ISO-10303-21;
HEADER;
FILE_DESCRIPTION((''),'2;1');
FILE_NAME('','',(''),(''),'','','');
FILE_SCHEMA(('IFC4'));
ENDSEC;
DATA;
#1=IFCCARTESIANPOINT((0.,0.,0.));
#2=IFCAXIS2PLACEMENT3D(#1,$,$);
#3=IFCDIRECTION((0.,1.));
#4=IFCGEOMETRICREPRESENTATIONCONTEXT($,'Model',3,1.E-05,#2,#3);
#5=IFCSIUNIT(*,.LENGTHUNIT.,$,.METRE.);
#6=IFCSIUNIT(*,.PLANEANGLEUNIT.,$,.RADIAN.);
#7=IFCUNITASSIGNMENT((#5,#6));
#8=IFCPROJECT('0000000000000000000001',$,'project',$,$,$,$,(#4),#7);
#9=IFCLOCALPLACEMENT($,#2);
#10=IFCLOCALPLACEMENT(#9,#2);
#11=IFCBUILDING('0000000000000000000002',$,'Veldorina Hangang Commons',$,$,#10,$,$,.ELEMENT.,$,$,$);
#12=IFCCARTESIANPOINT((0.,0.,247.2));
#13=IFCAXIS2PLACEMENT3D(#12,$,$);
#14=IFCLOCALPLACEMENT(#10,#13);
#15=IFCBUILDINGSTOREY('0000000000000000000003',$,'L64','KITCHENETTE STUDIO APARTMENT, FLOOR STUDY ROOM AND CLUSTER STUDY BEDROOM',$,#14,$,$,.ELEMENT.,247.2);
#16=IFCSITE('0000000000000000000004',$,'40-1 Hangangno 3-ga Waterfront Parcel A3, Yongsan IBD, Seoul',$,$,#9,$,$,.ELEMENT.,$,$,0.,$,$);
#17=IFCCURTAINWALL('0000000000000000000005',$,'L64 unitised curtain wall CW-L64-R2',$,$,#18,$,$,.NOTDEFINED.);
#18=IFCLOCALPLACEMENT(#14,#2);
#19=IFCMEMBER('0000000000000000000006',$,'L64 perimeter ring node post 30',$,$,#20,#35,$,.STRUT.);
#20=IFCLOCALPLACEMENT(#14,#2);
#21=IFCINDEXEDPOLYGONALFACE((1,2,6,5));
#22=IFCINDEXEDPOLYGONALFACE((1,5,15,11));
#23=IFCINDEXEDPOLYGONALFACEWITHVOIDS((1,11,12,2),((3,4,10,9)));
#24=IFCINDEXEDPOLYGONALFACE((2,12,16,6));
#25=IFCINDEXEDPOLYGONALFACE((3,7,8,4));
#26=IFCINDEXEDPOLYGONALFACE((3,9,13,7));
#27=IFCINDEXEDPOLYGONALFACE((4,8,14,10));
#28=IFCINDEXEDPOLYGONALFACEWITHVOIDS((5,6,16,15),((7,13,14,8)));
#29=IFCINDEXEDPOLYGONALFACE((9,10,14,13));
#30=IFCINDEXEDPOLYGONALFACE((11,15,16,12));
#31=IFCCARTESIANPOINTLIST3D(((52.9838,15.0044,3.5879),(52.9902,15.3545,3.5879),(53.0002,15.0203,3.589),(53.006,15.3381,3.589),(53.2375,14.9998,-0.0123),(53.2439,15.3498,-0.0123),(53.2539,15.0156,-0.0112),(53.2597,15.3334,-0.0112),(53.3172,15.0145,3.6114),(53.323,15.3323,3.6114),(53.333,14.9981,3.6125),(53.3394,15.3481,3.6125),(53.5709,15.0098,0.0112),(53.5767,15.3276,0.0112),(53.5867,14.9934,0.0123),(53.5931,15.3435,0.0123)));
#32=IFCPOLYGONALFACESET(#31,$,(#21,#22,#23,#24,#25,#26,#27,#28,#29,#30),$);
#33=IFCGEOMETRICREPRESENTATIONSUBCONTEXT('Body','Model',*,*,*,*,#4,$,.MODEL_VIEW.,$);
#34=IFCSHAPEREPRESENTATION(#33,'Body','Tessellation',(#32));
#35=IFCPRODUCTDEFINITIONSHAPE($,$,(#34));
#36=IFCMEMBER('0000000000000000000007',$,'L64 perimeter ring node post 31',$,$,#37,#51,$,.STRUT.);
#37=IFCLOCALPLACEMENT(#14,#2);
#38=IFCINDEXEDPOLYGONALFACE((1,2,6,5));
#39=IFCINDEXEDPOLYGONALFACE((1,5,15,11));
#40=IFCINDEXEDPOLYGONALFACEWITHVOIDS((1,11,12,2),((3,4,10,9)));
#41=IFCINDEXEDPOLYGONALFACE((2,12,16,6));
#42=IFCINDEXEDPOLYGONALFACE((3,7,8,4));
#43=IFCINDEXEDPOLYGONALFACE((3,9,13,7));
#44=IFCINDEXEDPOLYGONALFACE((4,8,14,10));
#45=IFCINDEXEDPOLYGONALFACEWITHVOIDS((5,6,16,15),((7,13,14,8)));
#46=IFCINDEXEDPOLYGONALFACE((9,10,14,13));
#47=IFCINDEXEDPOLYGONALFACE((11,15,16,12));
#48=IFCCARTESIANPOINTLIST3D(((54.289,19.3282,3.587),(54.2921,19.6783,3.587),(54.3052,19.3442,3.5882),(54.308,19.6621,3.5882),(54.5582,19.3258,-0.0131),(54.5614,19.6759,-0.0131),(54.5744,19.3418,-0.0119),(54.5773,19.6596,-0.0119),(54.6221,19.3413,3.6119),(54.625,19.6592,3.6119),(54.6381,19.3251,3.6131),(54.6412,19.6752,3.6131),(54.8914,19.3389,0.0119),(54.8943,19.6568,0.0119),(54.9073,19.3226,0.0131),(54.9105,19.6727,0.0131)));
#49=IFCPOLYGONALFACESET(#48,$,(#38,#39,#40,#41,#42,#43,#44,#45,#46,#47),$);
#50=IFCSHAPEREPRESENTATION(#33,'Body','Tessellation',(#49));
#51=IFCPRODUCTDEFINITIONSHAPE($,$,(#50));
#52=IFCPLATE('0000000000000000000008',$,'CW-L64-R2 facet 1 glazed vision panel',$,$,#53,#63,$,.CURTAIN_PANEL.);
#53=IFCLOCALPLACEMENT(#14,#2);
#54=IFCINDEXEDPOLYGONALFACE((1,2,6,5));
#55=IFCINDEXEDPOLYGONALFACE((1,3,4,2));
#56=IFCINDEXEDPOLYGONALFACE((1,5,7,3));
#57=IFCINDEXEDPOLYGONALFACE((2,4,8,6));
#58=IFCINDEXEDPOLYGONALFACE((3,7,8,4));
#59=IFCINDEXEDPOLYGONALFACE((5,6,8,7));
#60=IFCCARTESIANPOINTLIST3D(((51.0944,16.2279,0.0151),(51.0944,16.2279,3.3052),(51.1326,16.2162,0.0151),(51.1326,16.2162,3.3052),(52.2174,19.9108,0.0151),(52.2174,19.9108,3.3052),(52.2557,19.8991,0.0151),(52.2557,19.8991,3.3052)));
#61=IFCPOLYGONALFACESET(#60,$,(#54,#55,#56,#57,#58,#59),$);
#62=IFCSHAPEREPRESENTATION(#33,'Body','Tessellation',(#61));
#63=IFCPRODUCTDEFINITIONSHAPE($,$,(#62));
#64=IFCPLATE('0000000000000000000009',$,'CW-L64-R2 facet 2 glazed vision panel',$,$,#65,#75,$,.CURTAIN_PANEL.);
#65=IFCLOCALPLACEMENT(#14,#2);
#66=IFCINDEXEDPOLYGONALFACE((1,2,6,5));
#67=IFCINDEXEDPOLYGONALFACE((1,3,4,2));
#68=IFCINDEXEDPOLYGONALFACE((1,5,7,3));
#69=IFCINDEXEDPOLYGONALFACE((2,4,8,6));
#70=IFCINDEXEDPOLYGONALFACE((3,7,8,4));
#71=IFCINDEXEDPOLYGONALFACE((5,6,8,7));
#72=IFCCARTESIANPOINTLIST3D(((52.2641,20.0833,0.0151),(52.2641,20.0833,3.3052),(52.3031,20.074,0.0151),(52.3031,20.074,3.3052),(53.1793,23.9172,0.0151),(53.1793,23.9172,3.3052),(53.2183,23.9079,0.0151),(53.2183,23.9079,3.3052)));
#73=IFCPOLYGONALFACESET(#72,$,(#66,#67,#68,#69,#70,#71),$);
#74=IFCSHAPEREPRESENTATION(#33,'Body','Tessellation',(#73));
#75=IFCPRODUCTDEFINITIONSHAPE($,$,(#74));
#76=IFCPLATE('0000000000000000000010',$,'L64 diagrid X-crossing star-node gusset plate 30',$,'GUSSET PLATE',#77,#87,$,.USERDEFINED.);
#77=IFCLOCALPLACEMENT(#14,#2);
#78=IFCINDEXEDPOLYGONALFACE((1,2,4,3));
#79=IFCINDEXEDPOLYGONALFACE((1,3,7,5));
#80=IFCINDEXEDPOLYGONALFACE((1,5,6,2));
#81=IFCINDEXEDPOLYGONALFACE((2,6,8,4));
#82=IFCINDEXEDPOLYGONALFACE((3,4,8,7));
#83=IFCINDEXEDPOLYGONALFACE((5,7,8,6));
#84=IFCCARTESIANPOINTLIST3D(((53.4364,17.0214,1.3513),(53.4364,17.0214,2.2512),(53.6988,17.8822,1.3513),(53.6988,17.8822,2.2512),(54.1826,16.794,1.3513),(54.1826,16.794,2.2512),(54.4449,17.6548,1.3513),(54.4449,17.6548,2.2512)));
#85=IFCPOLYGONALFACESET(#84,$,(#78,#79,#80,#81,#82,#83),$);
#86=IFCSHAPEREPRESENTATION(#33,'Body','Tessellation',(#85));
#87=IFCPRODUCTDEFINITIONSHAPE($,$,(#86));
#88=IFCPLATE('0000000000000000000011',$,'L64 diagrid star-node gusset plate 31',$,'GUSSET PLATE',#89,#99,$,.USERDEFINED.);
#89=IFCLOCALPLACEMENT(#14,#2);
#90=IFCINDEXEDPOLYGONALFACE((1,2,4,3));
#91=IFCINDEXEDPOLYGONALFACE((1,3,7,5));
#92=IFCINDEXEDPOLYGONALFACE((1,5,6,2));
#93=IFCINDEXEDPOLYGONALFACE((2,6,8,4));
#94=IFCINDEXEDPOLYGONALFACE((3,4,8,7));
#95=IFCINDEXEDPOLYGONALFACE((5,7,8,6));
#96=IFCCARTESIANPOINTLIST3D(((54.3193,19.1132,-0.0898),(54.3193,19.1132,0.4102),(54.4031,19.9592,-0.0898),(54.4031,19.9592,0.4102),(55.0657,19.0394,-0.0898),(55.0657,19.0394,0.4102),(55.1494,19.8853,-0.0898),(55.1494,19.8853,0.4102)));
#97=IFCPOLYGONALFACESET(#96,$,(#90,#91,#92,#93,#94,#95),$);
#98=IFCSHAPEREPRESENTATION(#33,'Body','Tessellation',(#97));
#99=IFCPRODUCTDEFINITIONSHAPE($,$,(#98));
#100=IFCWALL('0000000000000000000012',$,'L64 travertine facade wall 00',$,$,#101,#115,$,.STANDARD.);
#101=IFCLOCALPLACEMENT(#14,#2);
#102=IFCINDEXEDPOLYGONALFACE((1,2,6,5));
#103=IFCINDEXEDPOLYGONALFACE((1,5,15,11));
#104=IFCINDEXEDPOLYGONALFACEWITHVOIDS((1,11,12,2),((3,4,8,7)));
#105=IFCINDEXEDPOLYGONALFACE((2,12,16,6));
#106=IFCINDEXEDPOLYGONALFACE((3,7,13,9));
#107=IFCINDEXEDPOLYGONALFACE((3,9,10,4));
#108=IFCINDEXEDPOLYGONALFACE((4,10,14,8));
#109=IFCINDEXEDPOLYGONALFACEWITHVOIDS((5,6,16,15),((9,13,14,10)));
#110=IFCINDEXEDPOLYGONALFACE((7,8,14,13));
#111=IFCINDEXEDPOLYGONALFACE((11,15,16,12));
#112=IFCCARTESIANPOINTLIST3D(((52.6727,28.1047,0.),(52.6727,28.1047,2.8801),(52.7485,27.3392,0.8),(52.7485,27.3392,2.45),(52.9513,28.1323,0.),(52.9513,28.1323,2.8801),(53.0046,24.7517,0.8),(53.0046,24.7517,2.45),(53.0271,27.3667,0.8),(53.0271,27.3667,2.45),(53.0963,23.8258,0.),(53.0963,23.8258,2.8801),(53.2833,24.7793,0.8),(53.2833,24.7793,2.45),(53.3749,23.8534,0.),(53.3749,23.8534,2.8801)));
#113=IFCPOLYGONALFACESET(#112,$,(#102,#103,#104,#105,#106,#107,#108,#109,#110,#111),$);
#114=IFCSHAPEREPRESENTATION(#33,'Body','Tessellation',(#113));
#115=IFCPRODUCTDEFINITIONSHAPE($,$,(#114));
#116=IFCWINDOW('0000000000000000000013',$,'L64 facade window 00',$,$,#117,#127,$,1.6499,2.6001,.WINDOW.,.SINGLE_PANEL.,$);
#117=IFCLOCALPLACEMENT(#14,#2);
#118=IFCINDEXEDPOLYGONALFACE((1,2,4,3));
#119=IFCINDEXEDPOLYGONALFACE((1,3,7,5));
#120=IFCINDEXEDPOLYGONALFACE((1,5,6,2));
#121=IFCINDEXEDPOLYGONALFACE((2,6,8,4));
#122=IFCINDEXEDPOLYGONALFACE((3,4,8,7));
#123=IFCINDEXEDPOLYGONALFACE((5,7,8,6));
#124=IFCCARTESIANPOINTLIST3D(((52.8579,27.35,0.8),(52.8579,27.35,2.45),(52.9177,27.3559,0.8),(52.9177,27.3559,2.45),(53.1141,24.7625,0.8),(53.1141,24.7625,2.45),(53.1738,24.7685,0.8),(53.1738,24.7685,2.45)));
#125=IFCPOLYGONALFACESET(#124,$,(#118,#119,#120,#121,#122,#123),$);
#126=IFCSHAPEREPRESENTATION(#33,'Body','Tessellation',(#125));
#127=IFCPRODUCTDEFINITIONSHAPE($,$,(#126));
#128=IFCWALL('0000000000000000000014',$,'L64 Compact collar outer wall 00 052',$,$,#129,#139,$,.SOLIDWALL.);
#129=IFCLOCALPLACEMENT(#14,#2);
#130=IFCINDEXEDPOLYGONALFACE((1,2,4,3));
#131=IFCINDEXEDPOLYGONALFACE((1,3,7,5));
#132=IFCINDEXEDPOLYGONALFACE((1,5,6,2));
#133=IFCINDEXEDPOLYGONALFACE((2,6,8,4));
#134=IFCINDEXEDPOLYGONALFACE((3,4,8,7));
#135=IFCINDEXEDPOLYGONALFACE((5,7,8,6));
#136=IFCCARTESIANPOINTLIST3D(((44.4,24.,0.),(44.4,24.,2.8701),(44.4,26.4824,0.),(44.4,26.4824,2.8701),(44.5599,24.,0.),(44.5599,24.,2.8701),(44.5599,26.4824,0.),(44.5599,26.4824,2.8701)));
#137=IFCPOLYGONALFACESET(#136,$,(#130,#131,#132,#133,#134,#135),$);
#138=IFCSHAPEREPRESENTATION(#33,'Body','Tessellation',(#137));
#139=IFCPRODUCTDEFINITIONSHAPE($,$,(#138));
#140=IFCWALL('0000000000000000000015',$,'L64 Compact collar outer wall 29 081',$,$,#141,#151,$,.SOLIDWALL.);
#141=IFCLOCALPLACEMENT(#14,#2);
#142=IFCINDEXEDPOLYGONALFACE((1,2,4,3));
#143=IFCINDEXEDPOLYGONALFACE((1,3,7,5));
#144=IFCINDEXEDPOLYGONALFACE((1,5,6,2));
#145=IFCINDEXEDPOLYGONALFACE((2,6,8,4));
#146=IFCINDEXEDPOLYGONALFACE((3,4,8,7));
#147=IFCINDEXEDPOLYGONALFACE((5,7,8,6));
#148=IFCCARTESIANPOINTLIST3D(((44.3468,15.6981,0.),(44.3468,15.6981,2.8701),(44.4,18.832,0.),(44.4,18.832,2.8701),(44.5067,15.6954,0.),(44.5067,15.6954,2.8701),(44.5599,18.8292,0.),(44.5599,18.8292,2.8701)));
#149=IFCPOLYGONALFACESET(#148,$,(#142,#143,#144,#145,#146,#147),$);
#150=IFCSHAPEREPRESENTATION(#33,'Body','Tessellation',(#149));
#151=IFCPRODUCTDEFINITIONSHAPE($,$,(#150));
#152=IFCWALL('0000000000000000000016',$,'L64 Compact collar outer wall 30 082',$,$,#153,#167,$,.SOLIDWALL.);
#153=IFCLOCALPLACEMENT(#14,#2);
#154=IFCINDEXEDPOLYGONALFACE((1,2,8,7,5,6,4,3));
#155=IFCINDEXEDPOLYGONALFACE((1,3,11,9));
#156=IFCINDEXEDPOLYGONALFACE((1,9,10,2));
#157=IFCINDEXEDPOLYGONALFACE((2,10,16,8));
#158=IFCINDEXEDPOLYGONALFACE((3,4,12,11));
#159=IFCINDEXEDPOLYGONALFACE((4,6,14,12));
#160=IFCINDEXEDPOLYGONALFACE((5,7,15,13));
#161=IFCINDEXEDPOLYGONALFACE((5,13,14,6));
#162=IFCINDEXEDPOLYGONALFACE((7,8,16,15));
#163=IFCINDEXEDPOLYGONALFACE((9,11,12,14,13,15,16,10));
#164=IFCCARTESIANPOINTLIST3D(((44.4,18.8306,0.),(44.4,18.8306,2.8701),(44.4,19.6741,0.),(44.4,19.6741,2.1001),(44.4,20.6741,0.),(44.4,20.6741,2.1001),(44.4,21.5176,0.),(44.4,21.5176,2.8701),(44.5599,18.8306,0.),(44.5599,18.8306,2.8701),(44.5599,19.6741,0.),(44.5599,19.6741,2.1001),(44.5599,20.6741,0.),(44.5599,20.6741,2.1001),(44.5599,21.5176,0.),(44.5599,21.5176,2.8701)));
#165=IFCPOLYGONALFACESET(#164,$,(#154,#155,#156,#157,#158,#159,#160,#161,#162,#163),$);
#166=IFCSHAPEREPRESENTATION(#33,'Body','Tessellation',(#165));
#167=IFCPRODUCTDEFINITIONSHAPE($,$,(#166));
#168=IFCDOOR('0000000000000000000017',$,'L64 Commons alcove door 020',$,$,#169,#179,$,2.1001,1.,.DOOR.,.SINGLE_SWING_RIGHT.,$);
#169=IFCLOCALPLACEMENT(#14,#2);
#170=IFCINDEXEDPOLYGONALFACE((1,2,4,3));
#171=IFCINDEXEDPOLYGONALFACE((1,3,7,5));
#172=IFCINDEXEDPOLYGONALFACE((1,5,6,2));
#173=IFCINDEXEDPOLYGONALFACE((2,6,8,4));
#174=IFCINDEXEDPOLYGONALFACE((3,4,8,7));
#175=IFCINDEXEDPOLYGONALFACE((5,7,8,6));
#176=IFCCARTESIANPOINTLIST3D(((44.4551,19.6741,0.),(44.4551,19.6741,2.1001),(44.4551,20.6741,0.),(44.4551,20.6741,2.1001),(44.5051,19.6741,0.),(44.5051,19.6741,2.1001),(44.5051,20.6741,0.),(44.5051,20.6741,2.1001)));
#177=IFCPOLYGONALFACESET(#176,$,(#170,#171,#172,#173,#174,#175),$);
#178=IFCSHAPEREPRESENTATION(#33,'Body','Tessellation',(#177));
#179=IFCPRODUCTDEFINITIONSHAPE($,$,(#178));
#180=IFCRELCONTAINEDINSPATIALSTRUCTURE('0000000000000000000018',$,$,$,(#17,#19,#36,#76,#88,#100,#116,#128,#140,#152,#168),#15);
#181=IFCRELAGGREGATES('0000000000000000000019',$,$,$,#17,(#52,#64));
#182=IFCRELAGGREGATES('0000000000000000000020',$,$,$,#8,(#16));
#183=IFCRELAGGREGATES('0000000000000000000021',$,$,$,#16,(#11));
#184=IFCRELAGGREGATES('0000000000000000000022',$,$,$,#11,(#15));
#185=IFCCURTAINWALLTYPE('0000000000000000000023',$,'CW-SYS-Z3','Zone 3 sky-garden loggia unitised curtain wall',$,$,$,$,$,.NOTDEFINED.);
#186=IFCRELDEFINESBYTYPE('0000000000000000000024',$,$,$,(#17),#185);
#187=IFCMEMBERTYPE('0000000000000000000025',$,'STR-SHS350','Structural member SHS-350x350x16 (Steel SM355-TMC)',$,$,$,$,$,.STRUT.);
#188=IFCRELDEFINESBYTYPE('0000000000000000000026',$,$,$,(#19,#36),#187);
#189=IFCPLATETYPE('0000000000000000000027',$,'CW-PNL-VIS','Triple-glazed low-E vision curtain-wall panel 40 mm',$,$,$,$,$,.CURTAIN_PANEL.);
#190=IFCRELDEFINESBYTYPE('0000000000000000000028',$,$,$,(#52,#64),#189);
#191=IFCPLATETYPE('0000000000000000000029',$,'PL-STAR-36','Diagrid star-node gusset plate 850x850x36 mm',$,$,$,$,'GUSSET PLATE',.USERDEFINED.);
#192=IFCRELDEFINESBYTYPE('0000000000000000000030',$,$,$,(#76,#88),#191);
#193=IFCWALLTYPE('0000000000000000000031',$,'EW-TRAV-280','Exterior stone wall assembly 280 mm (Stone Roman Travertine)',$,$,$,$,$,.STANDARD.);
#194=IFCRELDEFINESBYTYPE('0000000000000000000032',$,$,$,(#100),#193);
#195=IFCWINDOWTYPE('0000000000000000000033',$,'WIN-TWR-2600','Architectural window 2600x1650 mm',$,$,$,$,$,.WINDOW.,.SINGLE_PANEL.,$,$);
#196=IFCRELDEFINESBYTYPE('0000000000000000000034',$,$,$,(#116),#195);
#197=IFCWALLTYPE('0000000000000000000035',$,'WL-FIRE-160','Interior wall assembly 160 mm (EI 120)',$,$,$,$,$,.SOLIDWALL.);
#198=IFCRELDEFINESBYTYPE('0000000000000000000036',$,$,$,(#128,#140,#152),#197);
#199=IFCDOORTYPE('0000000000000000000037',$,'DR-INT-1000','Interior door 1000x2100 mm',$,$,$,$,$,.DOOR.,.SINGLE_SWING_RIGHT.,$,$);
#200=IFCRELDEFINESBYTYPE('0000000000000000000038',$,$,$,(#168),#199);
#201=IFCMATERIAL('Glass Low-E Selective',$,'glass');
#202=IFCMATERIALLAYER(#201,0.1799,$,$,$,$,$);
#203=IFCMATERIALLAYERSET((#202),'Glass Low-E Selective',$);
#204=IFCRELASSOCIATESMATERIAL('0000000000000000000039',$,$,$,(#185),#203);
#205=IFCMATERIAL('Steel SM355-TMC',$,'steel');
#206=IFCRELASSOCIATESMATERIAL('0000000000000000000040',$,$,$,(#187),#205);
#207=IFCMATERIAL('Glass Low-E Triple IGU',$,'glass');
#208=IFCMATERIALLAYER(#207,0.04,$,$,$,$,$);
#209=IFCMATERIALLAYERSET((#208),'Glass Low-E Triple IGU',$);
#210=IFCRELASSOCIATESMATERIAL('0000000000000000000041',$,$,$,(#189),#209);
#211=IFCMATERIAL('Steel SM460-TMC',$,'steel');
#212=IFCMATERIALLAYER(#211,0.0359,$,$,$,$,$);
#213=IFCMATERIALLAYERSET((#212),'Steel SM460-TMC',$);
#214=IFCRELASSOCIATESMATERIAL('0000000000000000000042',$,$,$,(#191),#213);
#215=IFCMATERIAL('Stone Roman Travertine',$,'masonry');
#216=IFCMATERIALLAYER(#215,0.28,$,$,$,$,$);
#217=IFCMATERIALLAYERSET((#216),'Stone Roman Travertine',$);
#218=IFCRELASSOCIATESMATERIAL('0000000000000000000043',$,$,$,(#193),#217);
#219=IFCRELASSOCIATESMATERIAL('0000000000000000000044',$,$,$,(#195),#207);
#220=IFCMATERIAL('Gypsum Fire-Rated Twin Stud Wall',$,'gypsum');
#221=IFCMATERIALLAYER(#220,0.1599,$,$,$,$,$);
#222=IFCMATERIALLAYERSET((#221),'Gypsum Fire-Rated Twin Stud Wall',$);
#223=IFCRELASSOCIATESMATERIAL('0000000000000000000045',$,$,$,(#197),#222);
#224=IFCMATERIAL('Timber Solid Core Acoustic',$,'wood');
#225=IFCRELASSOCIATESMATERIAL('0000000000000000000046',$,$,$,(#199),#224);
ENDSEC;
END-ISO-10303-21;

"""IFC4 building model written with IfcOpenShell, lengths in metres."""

from ifc_helpers import new_model, si_unit, direction, frame, frame_2d, origin, origin_2d, place, context, subcontext, project, spatial, rectangle, hollow_rectangle, extrude, material, layer, layer_set, material_profile, profile_set, type_object, element, fill, aggregate, save


model = new_model("IFC4")

# Units and contexts
model_context = context("Model", 3, precision=1e-05, world=origin(), true_north=direction((0.0, 1.0)))
body_context = subcontext(model_context, "Body", "Model", "MODEL_VIEW")
ifc_project = project(units=[si_unit("LENGTHUNIT", "METRE"), si_unit("PLANEANGLEUNIT", "RADIAN")], contexts=[model_context])

# Site, building, storey
site_placement = place(None, origin())
site = spatial("IfcSite", under=ifc_project, at=site_placement, Name="40-1 Hangangno 3-ga Waterfront Parcel A3, Yongsan IBD, Seoul", CompositionType="ELEMENT", RefElevation=0.0)
building_placement = place(site_placement, origin())
building = spatial("IfcBuilding", under=site, at=building_placement, Name="Veldorina Hangang Commons", CompositionType="ELEMENT")
storey_placement = place(building_placement, frame((0.0, 0.0, 247.2)))
storey = spatial("IfcBuildingStorey", under=building, at=storey_placement, Name="L64", Description="KITCHENETTE STUDIO APARTMENT, FLOOR STUDY ROOM AND CLUSTER STUDY BEDROOM", CompositionType="ELEMENT", Elevation=247.2)

# Shared definitions
ifc_material_1 = material(Name="Steel SM355-TMC", Category="steel")

# Curtain wall
ifc_material_2 = material(Name="Glass Low-E Selective", Category="glass")
ifc_layer_1 = layer(ifc_material_2, 0.1799)
ifc_layer_set_1 = layer_set([ifc_layer_1], Name="Glass Low-E Selective")
curtain_wall_type = type_object("IfcCurtainWallType", Name="CW-SYS-Z3", Description="Zone 3 sky-garden loggia unitised curtain wall", PredefinedType="NOTDEFINED", material=ifc_layer_set_1)
curtain_wall_placement = place(storey_placement, origin())
curtain_wall = element("IfcCurtainWall", 1, at=curtain_wall_placement, inside=storey, type_object=curtain_wall_type, Name="L64 unitised curtain wall CW-L64-R2", PredefinedType="NOTDEFINED")

# Members
ifc_material_profile_1 = material_profile(ifc_material_1, hollow_rectangle(XDim=0.3501, YDim=0.3501, WallThickness=0.0161, at=origin_2d()), Name="SHS-350x350x16")
ifc_profile_set_1 = profile_set([ifc_material_profile_1], Name="Steel SM355-TMC")
member_type_1 = type_object("IfcMemberType", Name="STR-SHS350", Description="Structural member SHS-350x350x16 (Steel SM355-TMC)", PredefinedType="STRUT", material=ifc_profile_set_1)
member_1_placement = place(storey_placement, frame((53.4153, 15.1716, 0.0), z_axis=(-0.070285, 0.001285, 0.997526), x_axis=(-0.018284, -0.999833, 0.0)))
element("IfcMember", 2, at=member_1_placement, inside=storey, type_object=member_type_1, Name="L64 perimeter ring node post 30", PredefinedType="STRUT", context=body_context, shape_type="SweptSolid", body=[
    extrude(hollow_rectangle(XDim=0.3501, YDim=0.3501, WallThickness=0.0161, at=origin_2d()), origin(), (0.0, 0.0, 1.0), 3.6091),
])
member_2_placement = place(storey_placement, frame((54.7344, 19.4993, 0.0), z_axis=(-0.074592, 0.000676, 0.997214), x_axis=(-0.009066, -0.999959, 0.0)))
element("IfcMember", 3, at=member_2_placement, inside=storey, type_object=member_type_1, Name="L64 perimeter ring node post 31", PredefinedType="STRUT", context=body_context, shape_type="SweptSolid", body=[
    extrude(hollow_rectangle(XDim=0.3501, YDim=0.3501, WallThickness=0.0161, at=origin_2d()), origin(), (0.0, 0.0, 1.0), 3.6101),
])

# Plates
ifc_material_3 = material(Name="Glass Low-E Triple IGU", Category="glass")
ifc_layer_2 = layer(ifc_material_3, 0.04)
ifc_layer_set_2 = layer_set([ifc_layer_2], Name="Glass Low-E Triple IGU")
plate_type_1 = type_object("IfcPlateType", Name="CW-PNL-VIS", Description="Triple-glazed low-E vision curtain-wall panel 40 mm", PredefinedType="CURTAIN_PANEL", material=ifc_layer_set_2)
plate_1_placement = place(storey_placement, frame((51.675, 18.0635, 0.0151), z_axis=(0.0, 0.0, 1.0), x_axis=(0.291687, 0.956514, 0.0)))
plate_1 = element("IfcPlate", 4, at=plate_1_placement, type_object=plate_type_1, Name="CW-L64-R2 facet 1 glazed vision panel", PredefinedType="CURTAIN_PANEL", context=body_context, shape_type="SweptSolid", body=[
    extrude(rectangle(XDim=3.8503, YDim=0.04, at=origin_2d()), origin(), (0.0, 0.0, 1.0), 3.29),
])
plate_2_placement = place(storey_placement, frame((52.7412, 21.9956, 0.0151), z_axis=(0.0, 0.0, 1.0), x_axis=(0.232189, 0.972671, 0.0)))
plate_2 = element("IfcPlate", 5, at=plate_2_placement, type_object=plate_type_1, Name="CW-L64-R2 facet 2 glazed vision panel", PredefinedType="CURTAIN_PANEL", context=body_context, shape_type="SweptSolid", body=[
    extrude(rectangle(XDim=3.9417, YDim=0.04, at=origin_2d()), origin(), (0.0, 0.0, 1.0), 3.29),
])
aggregate(curtain_wall, [plate_1, plate_2])

# Plates
ifc_material_4 = material(Name="Steel SM460-TMC", Category="steel")
ifc_layer_3 = layer(ifc_material_4, 0.0359)
ifc_layer_set_3 = layer_set([ifc_layer_3], Name="Steel SM460-TMC")
plate_type_2 = type_object("IfcPlateType", Name="PL-STAR-36", Description="Diagrid star-node gusset plate 850x850x36 mm", ElementType="GUSSET PLATE", PredefinedType="USERDEFINED", material=ifc_layer_set_3)
plate_3_placement = place(storey_placement, frame((53.9407, 17.3381, 1.3513), z_axis=(0.0, 0.0, 1.0), x_axis=(0.291554, 0.956554, 0.0)))
element("IfcPlate", 6, at=plate_3_placement, inside=storey, type_object=plate_type_2, Name="L64 diagrid X-crossing star-node gusset plate 30", ObjectType="GUSSET PLATE", PredefinedType="USERDEFINED", context=body_context, shape_type="SweptSolid", body=[
    extrude(rectangle(XDim=0.8999, YDim=0.78, at=origin_2d()), origin(), (0.0, 0.0, 1.0), 0.8999),
])
plate_4_placement = place(storey_placement, frame((54.7344, 19.4993, -0.0898), z_axis=(0.0, 0.0, 1.0), x_axis=(0.098486, 0.995138, 0.0)))
element("IfcPlate", 7, at=plate_4_placement, inside=storey, type_object=plate_type_2, Name="L64 diagrid star-node gusset plate 31", ObjectType="GUSSET PLATE", PredefinedType="USERDEFINED", context=body_context, shape_type="SweptSolid", body=[
    extrude(rectangle(XDim=0.8501, YDim=0.75, at=origin_2d()), origin(), (0.0, 0.0, 1.0), 0.5),
])

# Wall, opening, window
ifc_material_5 = material(Name="Stone Roman Travertine", Category="masonry")
ifc_layer_4 = layer(ifc_material_5, 0.28)
ifc_layer_set_4 = layer_set([ifc_layer_4], Name="Stone Roman Travertine")
wall_type_1 = type_object("IfcWallType", Name="EW-TRAV-280", Description="Exterior stone wall assembly 280 mm (Stone Roman Travertine)", PredefinedType="STANDARD", material=ifc_layer_set_4)
wall_1_placement = place(storey_placement, frame((53.2356, 23.8396, 0.0), z_axis=(0.0, 0.0, 1.0), x_axis=(-0.098514, 0.995136, 0.0)))
wall_1 = element("IfcWall", 8, at=wall_1_placement, inside=storey, type_object=wall_type_1, Name="L64 travertine facade wall 00", PredefinedType="STANDARD", context=body_context, shape_type="SweptSolid", body=[
    extrude(rectangle(XDim=4.2998, YDim=0.28, at=frame_2d((2.1499, 0.0))), origin(), (0.0, 0.0, 1.0), 2.8801),
])
opening_1_placement = place(wall_1_placement, frame((0.9304, 0.0, 0.8)))
opening_1 = element("IfcOpeningElement", 9, at=opening_1_placement, cuts=wall_1, PredefinedType="OPENING", context=body_context, shape_type="SweptSolid", body=[
    extrude(rectangle(XDim=2.6001, YDim=1.6499, at=frame_2d((1.3, 0.825))), frame((0.0, 0.1499, 0.0), z_axis=(0.0, -1.0, 0.0), x_axis=(1.0, 0.0, 0.0)), (0.0, 0.0, 1.0), 0.3),
])
window_type = type_object("IfcWindowType", Name="WIN-TWR-2600", Description="Architectural window 2600x1650 mm", PartitioningType="SINGLE_PANEL", PredefinedType="WINDOW", material=ifc_material_3)
window_placement = place(opening_1_placement, origin())
window = element("IfcWindow", 10, at=window_placement, inside=storey, type_object=window_type, Name="L64 facade window 00", OverallHeight=1.6499, OverallWidth=2.6001, PartitioningType="SINGLE_PANEL", PredefinedType="WINDOW", context=body_context, shape_type="SweptSolid", body=[
    extrude(rectangle(XDim=2.6001, YDim=1.6499, at=frame_2d((1.3, 0.825))), frame((0.0, 0.03, 0.0), z_axis=(0.0, -1.0, 0.0), x_axis=(1.0, 0.0, 0.0)), (0.0, 0.0, 1.0), 0.0601),
])
fill(opening_1, window)

# Walls
ifc_material_6 = material(Name="Gypsum Fire-Rated Twin Stud Wall", Category="gypsum")
ifc_layer_5 = layer(ifc_material_6, 0.1599)
ifc_layer_set_5 = layer_set([ifc_layer_5], Name="Gypsum Fire-Rated Twin Stud Wall")
wall_type_2 = type_object("IfcWallType", Name="WL-FIRE-160", Description="Interior wall assembly 160 mm (EI 120)", PredefinedType="SOLIDWALL", material=ifc_layer_set_5)
wall_2_placement = place(storey_placement, frame((44.48, 24.0, 0.0), z_axis=(0.0, 0.0, 1.0), x_axis=(0.0, 1.0, 0.0)))
element("IfcWall", 11, at=wall_2_placement, inside=storey, type_object=wall_type_2, Name="L64 Compact collar outer wall 00 052", PredefinedType="SOLIDWALL", context=body_context, shape_type="SweptSolid", body=[
    extrude(rectangle(XDim=2.4824, YDim=0.1599, at=frame_2d((1.2412, 0.0))), origin(), (0.0, 0.0, 1.0), 2.8701),
])
wall_3_placement = place(storey_placement, frame((44.4268, 15.6968, 0.0), z_axis=(0.0, 0.0, 1.0), x_axis=(0.016981, 0.999856, 0.0)))
element("IfcWall", 12, at=wall_3_placement, inside=storey, type_object=wall_type_2, Name="L64 Compact collar outer wall 29 081", PredefinedType="SOLIDWALL", context=body_context, shape_type="SweptSolid", body=[
    extrude(rectangle(XDim=3.1343, YDim=0.1599, at=frame_2d((1.5671, 0.0))), origin(), (0.0, 0.0, 1.0), 2.8701),
])

# Wall, opening, door
wall_4_placement = place(storey_placement, frame((44.48, 18.8306, 0.0), z_axis=(0.0, 0.0, 1.0), x_axis=(0.0, 1.0, 0.0)))
wall_4 = element("IfcWall", 13, at=wall_4_placement, inside=storey, type_object=wall_type_2, Name="L64 Compact collar outer wall 30 082", PredefinedType="SOLIDWALL", context=body_context, shape_type="SweptSolid", body=[
    extrude(rectangle(XDim=2.687, YDim=0.1599, at=frame_2d((1.3435, 0.0))), origin(), (0.0, 0.0, 1.0), 2.8701),
])
opening_2_placement = place(wall_4_placement, frame((0.8435, 0.0, 0.0)))
opening_2 = element("IfcOpeningElement", 14, at=opening_2_placement, cuts=wall_4, PredefinedType="OPENING", context=body_context, shape_type="SweptSolid", body=[
    extrude(rectangle(XDim=1.0, YDim=2.1001, at=frame_2d((0.5, 1.05))), frame((0.0, 0.0898, 0.0), z_axis=(0.0, -1.0, 0.0), x_axis=(1.0, 0.0, 0.0)), (0.0, 0.0, 1.0), 0.1799),
])
ifc_material_7 = material(Name="Timber Solid Core Acoustic", Category="wood")
door_type_1 = type_object("IfcDoorType", Name="DR-INT-1000", Description="Interior door 1000x2100 mm", OperationType="SINGLE_SWING_RIGHT", PredefinedType="DOOR", material=ifc_material_7)
door_1_placement = place(opening_2_placement, origin())
door_1 = element("IfcDoor", 15, at=door_1_placement, inside=storey, type_object=door_type_1, Name="L64 Commons alcove door 020", OperationType="SINGLE_SWING_RIGHT", OverallHeight=2.1001, OverallWidth=1.0, PredefinedType="DOOR", context=body_context, shape_type="SweptSolid", body=[
    extrude(rectangle(XDim=1.0, YDim=2.1001, at=frame_2d((0.5, 1.05))), frame((0.0, 0.0249, 0.0), z_axis=(0.0, -1.0, 0.0), x_axis=(1.0, 0.0, 0.0)), (0.0, 0.0, 1.0), 0.05),
])
fill(opening_2, door_1)

save(model, "model.ifc")
